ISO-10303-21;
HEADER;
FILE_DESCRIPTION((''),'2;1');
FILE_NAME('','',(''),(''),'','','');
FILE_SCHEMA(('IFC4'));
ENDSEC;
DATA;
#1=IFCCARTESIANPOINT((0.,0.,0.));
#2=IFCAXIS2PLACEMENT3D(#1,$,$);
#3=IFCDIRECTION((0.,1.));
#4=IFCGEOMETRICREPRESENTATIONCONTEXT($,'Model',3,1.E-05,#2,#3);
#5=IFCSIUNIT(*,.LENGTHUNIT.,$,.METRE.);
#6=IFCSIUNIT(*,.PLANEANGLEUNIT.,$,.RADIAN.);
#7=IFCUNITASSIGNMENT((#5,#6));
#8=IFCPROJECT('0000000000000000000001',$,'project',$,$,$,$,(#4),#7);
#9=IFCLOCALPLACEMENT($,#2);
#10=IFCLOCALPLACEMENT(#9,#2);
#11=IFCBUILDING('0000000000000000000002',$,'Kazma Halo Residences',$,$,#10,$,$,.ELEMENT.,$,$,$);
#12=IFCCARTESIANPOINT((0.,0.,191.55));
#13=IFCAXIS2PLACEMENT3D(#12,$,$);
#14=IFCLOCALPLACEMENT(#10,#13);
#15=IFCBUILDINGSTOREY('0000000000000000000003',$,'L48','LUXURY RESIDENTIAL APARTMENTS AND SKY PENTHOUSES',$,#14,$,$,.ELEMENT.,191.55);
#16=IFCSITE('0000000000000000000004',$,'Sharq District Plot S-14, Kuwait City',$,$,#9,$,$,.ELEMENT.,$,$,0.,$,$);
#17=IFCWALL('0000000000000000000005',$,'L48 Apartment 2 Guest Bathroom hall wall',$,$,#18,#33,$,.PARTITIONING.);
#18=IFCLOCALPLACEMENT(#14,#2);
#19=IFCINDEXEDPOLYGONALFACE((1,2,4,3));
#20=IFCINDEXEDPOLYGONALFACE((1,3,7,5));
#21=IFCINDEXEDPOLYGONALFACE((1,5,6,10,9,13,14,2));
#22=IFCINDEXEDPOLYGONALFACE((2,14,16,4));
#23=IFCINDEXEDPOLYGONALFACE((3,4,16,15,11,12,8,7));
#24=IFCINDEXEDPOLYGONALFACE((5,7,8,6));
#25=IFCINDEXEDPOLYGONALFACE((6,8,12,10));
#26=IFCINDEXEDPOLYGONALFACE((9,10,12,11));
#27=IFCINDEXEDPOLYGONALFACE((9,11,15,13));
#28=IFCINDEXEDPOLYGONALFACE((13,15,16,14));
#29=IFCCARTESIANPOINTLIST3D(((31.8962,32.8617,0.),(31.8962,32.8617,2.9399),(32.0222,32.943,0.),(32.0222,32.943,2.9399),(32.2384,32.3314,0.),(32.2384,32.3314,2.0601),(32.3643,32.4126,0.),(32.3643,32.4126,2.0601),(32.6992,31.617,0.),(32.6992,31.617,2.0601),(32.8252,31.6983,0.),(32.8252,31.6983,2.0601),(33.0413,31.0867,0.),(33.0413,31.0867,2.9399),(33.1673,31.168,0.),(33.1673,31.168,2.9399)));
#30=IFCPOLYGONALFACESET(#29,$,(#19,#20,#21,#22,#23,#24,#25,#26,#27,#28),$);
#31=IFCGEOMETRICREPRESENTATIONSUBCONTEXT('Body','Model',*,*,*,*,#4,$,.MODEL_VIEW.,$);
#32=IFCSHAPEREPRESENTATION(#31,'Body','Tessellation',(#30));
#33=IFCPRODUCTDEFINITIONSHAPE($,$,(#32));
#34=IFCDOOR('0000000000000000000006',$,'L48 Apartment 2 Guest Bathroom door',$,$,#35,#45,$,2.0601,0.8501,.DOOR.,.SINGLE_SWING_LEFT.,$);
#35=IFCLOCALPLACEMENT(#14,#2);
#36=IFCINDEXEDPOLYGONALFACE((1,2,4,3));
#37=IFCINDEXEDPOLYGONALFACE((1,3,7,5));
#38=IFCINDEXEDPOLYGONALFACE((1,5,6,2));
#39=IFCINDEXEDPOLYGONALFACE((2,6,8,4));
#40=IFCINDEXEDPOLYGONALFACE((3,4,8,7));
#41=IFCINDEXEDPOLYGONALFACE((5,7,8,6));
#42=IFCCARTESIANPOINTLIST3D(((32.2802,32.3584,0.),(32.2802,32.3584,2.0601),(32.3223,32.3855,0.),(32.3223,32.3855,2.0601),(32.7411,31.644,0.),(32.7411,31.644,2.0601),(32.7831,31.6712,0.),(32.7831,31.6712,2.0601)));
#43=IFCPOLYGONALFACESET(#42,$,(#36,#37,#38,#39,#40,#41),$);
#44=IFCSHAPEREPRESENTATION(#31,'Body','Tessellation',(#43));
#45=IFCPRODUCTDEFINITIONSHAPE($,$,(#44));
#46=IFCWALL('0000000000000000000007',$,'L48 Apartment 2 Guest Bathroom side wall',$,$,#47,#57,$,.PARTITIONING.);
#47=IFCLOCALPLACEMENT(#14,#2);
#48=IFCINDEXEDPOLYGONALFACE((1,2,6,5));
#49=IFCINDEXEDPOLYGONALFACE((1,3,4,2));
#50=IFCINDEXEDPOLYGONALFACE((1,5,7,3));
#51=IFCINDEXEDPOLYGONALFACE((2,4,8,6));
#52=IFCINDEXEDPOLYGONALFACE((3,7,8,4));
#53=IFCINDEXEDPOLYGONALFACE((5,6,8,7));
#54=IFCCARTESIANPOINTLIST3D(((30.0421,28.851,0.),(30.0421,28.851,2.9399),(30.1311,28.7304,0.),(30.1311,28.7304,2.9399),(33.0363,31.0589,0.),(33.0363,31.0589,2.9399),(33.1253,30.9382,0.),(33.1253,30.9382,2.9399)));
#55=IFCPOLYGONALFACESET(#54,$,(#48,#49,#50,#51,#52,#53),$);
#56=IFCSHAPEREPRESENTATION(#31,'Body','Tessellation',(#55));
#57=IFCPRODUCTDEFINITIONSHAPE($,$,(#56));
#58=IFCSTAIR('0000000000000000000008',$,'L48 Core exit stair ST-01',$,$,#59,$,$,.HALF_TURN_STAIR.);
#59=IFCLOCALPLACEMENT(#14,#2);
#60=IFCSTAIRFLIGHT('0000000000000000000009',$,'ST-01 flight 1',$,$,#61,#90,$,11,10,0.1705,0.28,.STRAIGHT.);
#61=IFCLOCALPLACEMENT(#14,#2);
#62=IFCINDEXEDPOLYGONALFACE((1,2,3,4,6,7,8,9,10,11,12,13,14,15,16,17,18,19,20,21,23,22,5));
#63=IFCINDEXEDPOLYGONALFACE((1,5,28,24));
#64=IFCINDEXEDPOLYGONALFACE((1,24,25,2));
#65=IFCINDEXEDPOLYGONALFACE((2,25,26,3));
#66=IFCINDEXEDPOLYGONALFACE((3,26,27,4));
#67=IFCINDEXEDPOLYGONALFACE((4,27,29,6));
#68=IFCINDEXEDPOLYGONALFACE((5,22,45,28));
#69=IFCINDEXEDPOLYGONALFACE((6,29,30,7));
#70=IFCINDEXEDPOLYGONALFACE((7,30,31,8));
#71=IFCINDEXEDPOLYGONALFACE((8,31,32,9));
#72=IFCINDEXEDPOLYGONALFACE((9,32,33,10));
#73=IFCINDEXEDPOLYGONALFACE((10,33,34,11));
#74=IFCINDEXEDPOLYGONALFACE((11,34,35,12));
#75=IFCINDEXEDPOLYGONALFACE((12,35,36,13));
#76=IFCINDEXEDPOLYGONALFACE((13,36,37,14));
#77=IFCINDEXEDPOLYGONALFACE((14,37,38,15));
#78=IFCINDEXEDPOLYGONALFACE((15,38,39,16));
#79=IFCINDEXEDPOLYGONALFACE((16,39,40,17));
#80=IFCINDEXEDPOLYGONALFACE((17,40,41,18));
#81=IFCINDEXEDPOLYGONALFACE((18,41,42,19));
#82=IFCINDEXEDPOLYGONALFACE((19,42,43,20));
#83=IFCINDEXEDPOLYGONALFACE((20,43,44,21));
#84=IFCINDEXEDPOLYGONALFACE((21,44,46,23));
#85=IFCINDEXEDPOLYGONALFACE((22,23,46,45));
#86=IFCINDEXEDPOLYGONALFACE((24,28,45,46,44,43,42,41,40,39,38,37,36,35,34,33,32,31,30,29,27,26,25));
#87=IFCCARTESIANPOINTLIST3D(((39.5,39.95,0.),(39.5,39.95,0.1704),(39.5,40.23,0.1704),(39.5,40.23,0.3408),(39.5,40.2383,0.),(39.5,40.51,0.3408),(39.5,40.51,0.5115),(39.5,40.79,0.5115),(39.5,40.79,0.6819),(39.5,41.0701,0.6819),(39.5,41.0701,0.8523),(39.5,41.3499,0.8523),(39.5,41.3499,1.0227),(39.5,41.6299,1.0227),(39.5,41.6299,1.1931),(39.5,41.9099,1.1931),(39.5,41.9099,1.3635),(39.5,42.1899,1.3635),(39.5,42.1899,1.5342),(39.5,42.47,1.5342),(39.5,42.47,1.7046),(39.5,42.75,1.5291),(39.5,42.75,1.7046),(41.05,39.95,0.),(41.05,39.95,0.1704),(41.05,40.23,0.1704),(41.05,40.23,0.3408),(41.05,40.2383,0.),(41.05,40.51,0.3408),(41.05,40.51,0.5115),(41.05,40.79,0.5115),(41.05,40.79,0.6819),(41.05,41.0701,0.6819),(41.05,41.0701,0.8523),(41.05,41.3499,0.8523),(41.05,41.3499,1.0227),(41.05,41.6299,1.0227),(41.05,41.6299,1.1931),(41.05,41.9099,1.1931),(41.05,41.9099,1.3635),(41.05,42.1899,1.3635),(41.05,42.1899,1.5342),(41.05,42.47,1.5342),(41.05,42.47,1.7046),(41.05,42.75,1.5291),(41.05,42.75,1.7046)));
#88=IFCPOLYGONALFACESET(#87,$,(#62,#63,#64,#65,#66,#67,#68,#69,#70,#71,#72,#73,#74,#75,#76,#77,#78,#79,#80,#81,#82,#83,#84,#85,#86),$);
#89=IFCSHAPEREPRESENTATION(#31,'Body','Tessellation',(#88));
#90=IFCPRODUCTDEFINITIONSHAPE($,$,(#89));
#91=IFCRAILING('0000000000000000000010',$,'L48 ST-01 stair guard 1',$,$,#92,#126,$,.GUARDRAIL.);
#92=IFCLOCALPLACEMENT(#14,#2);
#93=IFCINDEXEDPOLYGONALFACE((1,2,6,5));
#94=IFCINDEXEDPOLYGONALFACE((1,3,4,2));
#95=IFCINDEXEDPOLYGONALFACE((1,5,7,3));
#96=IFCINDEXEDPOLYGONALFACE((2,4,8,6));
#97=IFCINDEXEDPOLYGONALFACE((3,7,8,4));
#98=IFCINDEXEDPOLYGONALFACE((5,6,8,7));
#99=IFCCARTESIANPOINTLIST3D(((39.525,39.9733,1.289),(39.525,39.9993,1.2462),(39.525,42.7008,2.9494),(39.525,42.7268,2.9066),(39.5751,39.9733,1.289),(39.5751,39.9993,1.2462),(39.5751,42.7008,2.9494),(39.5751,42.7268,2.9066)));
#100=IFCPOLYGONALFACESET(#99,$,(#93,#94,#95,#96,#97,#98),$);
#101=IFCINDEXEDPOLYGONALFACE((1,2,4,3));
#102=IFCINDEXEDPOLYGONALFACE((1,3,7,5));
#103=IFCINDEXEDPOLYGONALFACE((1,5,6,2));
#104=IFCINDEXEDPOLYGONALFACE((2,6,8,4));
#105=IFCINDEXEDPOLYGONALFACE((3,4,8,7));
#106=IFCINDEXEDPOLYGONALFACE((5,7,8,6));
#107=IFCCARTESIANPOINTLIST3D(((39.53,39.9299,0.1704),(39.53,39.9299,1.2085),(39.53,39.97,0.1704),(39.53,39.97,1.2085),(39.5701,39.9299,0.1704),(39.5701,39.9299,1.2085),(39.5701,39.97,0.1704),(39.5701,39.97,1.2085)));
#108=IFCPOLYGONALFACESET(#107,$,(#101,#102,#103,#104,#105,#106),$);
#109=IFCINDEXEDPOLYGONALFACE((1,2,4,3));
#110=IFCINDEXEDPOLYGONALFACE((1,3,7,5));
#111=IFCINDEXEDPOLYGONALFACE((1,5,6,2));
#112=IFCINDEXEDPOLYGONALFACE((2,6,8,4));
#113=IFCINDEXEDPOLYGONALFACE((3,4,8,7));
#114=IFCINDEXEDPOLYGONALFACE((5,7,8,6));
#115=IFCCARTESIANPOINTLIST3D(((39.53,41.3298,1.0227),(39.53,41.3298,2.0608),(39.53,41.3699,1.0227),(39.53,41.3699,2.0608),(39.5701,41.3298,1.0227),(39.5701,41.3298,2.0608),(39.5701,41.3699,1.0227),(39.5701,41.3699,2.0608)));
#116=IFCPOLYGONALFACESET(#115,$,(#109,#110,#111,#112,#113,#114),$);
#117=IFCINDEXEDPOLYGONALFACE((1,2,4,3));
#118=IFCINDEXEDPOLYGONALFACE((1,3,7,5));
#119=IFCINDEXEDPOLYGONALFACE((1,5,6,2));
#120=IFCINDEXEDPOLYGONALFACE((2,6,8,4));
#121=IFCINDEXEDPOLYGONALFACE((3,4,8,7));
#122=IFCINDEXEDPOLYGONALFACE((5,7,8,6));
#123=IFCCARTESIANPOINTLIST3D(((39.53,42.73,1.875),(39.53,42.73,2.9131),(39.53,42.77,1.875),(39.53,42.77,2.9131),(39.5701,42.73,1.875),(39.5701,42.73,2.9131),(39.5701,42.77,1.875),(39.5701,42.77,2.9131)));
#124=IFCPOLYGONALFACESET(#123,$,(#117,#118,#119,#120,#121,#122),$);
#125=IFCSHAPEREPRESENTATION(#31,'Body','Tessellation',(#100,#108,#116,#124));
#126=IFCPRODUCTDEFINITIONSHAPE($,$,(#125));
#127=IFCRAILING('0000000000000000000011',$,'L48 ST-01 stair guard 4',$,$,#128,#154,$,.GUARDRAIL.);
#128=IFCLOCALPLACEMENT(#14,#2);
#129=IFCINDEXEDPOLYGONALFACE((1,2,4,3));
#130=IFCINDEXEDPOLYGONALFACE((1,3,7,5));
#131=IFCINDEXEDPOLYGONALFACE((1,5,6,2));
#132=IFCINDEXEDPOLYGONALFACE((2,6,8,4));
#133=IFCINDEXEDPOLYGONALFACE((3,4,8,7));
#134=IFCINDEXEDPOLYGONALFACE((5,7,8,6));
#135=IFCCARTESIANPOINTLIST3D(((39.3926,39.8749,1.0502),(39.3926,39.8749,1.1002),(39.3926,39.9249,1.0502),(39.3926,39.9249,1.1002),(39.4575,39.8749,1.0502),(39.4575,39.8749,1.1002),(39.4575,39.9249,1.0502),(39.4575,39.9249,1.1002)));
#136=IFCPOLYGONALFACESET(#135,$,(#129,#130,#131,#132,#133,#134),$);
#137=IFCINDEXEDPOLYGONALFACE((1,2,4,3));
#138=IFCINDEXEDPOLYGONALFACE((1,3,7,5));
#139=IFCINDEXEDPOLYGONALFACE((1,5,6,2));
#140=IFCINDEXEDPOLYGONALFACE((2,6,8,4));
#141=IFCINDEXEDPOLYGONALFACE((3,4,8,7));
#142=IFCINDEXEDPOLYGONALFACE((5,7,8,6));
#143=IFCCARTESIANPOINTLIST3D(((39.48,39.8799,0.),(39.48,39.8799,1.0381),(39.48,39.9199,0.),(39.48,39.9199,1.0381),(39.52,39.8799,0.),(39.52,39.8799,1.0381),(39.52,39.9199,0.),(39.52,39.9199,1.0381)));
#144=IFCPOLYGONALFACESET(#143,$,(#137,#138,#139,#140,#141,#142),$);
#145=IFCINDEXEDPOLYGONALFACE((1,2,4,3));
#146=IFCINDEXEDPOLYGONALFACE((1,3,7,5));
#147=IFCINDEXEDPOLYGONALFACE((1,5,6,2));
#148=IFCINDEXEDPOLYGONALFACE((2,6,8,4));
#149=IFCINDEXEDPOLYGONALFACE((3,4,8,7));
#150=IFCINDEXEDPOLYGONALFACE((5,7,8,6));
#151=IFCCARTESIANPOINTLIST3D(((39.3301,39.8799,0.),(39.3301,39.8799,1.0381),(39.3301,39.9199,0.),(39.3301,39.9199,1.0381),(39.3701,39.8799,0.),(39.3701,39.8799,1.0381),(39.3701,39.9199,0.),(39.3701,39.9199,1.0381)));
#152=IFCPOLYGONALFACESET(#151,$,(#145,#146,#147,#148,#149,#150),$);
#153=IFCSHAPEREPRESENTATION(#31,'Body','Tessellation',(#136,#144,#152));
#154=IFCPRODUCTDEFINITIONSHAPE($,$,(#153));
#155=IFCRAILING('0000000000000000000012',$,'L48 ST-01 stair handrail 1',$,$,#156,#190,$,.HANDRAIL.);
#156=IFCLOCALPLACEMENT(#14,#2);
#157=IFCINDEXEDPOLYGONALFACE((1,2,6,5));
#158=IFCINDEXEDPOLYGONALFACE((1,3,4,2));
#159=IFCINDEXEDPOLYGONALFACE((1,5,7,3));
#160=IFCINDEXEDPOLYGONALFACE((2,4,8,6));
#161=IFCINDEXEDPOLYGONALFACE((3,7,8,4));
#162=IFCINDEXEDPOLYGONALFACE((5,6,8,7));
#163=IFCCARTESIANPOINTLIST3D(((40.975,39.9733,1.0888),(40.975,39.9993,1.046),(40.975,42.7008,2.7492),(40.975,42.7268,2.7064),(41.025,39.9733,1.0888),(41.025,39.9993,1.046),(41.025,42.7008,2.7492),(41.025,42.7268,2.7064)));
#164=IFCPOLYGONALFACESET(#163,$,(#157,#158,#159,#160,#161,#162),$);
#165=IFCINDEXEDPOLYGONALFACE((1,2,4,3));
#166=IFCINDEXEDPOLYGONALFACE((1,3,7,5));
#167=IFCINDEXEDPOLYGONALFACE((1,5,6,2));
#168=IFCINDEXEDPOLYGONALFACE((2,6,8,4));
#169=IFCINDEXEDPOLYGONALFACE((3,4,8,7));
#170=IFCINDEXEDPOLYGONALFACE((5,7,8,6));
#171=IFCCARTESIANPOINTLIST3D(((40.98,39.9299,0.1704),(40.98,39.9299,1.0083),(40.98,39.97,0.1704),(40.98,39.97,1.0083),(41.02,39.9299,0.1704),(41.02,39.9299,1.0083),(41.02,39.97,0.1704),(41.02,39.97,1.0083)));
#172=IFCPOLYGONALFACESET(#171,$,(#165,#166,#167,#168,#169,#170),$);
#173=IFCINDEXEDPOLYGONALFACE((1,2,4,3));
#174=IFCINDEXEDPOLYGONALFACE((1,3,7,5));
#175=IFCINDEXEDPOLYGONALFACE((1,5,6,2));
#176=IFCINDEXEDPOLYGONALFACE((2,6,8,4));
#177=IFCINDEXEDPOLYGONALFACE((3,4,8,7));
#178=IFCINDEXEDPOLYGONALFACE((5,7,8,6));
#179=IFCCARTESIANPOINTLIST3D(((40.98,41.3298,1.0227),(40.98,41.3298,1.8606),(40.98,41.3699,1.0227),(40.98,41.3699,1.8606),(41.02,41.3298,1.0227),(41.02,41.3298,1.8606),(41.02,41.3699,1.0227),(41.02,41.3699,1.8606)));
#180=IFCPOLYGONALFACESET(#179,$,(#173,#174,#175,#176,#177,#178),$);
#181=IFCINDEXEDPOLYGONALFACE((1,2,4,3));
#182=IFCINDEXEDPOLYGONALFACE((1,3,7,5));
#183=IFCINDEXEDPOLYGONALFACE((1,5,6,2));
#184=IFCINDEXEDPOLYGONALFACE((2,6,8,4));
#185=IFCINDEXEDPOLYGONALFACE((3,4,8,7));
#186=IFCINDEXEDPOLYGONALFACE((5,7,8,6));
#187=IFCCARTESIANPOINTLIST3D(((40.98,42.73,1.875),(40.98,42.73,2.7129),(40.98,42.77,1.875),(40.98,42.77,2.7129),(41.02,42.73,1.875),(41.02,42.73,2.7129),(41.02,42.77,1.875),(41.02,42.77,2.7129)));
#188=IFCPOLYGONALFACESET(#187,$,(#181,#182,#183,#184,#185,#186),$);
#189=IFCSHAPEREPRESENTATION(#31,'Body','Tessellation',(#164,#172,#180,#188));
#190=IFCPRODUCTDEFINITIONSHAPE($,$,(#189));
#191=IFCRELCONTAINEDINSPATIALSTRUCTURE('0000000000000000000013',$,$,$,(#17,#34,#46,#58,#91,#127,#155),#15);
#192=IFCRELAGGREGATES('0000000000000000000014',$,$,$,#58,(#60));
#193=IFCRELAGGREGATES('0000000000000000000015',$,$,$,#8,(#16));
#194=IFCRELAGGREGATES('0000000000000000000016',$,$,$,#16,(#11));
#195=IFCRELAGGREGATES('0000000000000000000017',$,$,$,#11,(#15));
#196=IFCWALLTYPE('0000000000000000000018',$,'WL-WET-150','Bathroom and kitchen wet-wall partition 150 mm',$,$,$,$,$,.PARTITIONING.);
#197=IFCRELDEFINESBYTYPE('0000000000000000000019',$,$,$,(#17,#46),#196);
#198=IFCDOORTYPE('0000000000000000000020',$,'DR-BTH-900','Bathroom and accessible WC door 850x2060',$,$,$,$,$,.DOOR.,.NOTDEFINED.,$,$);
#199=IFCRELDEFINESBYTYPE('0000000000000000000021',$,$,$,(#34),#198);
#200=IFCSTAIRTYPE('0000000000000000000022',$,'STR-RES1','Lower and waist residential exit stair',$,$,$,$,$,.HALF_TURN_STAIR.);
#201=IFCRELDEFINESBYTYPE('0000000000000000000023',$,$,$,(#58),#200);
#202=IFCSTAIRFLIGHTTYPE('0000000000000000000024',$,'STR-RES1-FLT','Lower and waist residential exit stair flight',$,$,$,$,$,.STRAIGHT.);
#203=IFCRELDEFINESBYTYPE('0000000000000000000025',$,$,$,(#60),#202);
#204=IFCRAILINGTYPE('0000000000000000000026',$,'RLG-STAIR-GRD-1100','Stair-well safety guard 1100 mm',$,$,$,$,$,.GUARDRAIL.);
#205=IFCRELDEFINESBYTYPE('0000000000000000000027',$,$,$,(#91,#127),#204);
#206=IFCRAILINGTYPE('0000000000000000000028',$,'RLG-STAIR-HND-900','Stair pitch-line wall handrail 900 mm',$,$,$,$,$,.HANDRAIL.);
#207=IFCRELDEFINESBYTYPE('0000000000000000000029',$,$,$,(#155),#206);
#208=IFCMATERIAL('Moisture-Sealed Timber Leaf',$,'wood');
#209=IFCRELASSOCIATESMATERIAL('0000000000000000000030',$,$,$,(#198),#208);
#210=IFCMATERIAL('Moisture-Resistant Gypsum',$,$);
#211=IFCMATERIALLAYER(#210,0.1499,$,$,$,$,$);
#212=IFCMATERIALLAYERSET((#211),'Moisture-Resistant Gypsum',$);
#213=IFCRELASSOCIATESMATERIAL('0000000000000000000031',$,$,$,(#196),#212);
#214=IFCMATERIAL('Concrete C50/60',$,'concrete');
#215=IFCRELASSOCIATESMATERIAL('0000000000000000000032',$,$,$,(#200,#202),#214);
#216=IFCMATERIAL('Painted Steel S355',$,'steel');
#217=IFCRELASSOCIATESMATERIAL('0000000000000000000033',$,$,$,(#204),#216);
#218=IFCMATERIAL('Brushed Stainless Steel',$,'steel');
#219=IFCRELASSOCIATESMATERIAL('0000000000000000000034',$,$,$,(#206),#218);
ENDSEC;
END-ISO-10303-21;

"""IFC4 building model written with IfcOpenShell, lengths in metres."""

from ifc_helpers import new_model, si_unit, direction, frame, frame_2d, origin, origin_2d, place, context, subcontext, project, spatial, polyline, rectangle, outline, extrude, material, layer, layer_set, type_object, element, fill, aggregate, save


model = new_model("IFC4")

# Units and contexts
model_context = context("Model", 3, precision=1e-05, world=origin(), true_north=direction((0.0, 1.0)))
body_context = subcontext(model_context, "Body", "Model", "MODEL_VIEW")
ifc_project = project(units=[si_unit("LENGTHUNIT", "METRE"), si_unit("PLANEANGLEUNIT", "RADIAN")], contexts=[model_context])

# Site, building, storey
site_placement = place(None, origin())
site = spatial("IfcSite", under=ifc_project, at=site_placement, Name="Sharq District Plot S-14, Kuwait City", CompositionType="ELEMENT", RefElevation=0.0)
building_placement = place(site_placement, origin())
building = spatial("IfcBuilding", under=site, at=building_placement, Name="Kazma Halo Residences", CompositionType="ELEMENT")
storey_placement = place(building_placement, frame((0.0, 0.0, 191.55)))
storey = spatial("IfcBuildingStorey", under=building, at=storey_placement, Name="L48", Description="LUXURY RESIDENTIAL APARTMENTS AND SKY PENTHOUSES", CompositionType="ELEMENT", Elevation=191.55)

# Shared definitions
ifc_material_1 = material(Name="Moisture-Sealed Timber Leaf", Category="wood")
door_type_1 = type_object("IfcDoorType", Name="DR-BTH-900", Description="Bathroom and accessible WC door 850x2060", OperationType="NOTDEFINED", PredefinedType="DOOR", material=ifc_material_1)

# Wall, opening, door
ifc_material_2 = material(Name="Concrete C50/60", Category="concrete")
ifc_material_3 = material(Name="Moisture-Resistant Gypsum")
ifc_layer_1 = layer(ifc_material_3, 0.1499)
ifc_layer_set_1 = layer_set([ifc_layer_1], Name="Moisture-Resistant Gypsum")
wall_type_1 = type_object("IfcWallType", Name="WL-WET-150", Description="Bathroom and kitchen wet-wall partition 150 mm", PredefinedType="PARTITIONING", material=ifc_layer_set_1)
wall_1_placement = place(storey_placement, frame((31.9592, 32.9023, 0.0), z_axis=(0.0, 0.0, 1.0), x_axis=(0.542101, -0.840314, 0.0)))
wall_1 = element("IfcWall", 1, at=wall_1_placement, inside=storey, type_object=wall_type_1, Name="L48 Apartment 2 Guest Bathroom hall wall", PredefinedType="PARTITIONING", context=body_context, shape_type="SweptSolid", body=[
    extrude(rectangle(XDim=2.1123, YDim=0.1499, at=frame_2d((1.0562, 0.0))), origin(), (0.0, 0.0, 1.0), 2.9399),
])
opening_1_placement = place(wall_1_placement, frame((0.6311, 0.0, 0.0)))
opening_1 = element("IfcOpeningElement", 2, at=opening_1_placement, cuts=wall_1, PredefinedType="OPENING", context=body_context, shape_type="SweptSolid", body=[
    extrude(rectangle(XDim=0.8501, YDim=2.0601, at=frame_2d((0.425, 1.03))), frame((0.0, 0.085, 0.0), z_axis=(0.0, -1.0, 0.0), x_axis=(1.0, 0.0, 0.0)), (0.0, 0.0, 1.0), 0.1699),
])
door_1_placement = place(opening_1_placement, origin())
door_1 = element("IfcDoor", 3, at=door_1_placement, inside=storey, type_object=door_type_1, Name="L48 Apartment 2 Guest Bathroom door", OperationType="SINGLE_SWING_LEFT", OverallHeight=2.0601, OverallWidth=0.8501, PredefinedType="DOOR", context=body_context, shape_type="SweptSolid", body=[
    extrude(rectangle(XDim=0.8501, YDim=2.0601, at=frame_2d((0.425, 1.03))), frame((0.0, 0.0249, 0.0), z_axis=(0.0, -1.0, 0.0), x_axis=(1.0, 0.0, 0.0)), (0.0, 0.0, 1.0), 0.05),
])
fill(opening_1, door_1)

# Wall
wall_2_placement = place(storey_placement, frame((33.0808, 30.9985, 0.0), z_axis=(0.0, 0.0, 1.0), x_axis=(-0.804856, -0.59347, 0.0)))
element("IfcWall", 4, at=wall_2_placement, inside=storey, type_object=wall_type_1, Name="L48 Apartment 2 Guest Bathroom side wall", PredefinedType="PARTITIONING", context=body_context, shape_type="SweptSolid", body=[
    extrude(rectangle(XDim=3.7202, YDim=0.1499, at=frame_2d((1.8601, 0.0))), origin(), (0.0, 0.0, 1.0), 2.9399),
])

# Stair, stair flight
stair_type = type_object("IfcStairType", Name="STR-RES1", Description="Lower and waist residential exit stair", PredefinedType="HALF_TURN_STAIR", material=ifc_material_2)
stair_placement = place(storey_placement, origin())
stair = element("IfcStair", 5, at=stair_placement, inside=storey, type_object=stair_type, Name="L48 Core exit stair ST-01", PredefinedType="HALF_TURN_STAIR")
stair_flight_type = type_object("IfcStairFlightType", Name="STR-RES1-FLT", Description="Lower and waist residential exit stair flight", PredefinedType="STRAIGHT", material=ifc_material_2)
stair_flight_placement = place(storey_placement, frame((40.2749, 39.95, 0.0), z_axis=(0.0, 0.0, 1.0), x_axis=(0.0, 1.0, 0.0)))
stair_flight = element("IfcStairFlight", 6, at=stair_flight_placement, type_object=stair_flight_type, Name="ST-01 flight 1", NumberOfRisers=11, NumberOfTreads=10, PredefinedType="STRAIGHT", RiserHeight=0.1705, TreadLength=0.28, context=body_context, shape_type="SweptSolid", body=[
    extrude(outline(polyline([(0.0, 0.0), (0.0, 0.1704), (0.28, 0.1704), (0.28, 0.3408), (0.5601, 0.3408), (0.5601, 0.5115), (0.8401, 0.5115), (0.8401, 0.6819), (1.1201, 0.6819), (1.1201, 0.8523), (1.3999, 0.8523), (1.3999, 1.0227), (1.6799, 1.0227), (1.6799, 1.1931), (1.96, 1.1931), (1.96, 1.3635), (2.24, 1.3635), (2.24, 1.5342), (2.52, 1.5342), (2.52, 1.7046), (2.8, 1.7046), (2.8, 1.875), (2.8, 1.5291), (0.2883, 0.0), (0.0, 0.0)])), frame((0.0, 0.7749, 0.0), z_axis=(0.0, -1.0, 0.0), x_axis=(1.0, 0.0, 0.0)), (0.0, 0.0, 1.0), 1.55),
])
aggregate(stair, [stair_flight])

# Railings
ifc_material_4 = material(Name="Painted Steel S355", Category="steel")
railing_type_1 = type_object("IfcRailingType", Name="RLG-STAIR-GRD-1100", Description="Stair-well safety guard 1100 mm", PredefinedType="GUARDRAIL", material=ifc_material_4)
railing_1_placement = place(storey_placement, frame((39.55, 39.95, 0.1704)))
element("IfcRailing", 7, at=railing_1_placement, inside=storey, type_object=railing_type_1, Name="L48 ST-01 stair guard 1", PredefinedType="GUARDRAIL", context=body_context, shape_type="SweptSolid", body=[
    extrude(rectangle(XDim=0.05, YDim=0.05, at=origin_2d()), frame((0.0, 0.0364, 1.0972), z_axis=(0.0, 0.85417, 0.519994), x_axis=(-1.0, 0.0, 0.0)), (0.0, 0.0, 1.0), 3.1931),
    extrude(rectangle(XDim=0.04, YDim=0.04, at=origin_2d()), origin(), (0.0, 0.0, 1.0), 1.0381),
    extrude(rectangle(XDim=0.04, YDim=0.04, at=origin_2d()), frame((0.0, 1.3999, 0.8523)), (0.0, 0.0, 1.0), 1.0381),
    extrude(rectangle(XDim=0.04, YDim=0.04, at=origin_2d()), frame((0.0, 2.8, 1.7046)), (0.0, 0.0, 1.0), 1.0381),
])
railing_2_placement = place(storey_placement, frame((39.5, 39.8999, 0.0)))
element("IfcRailing", 8, at=railing_2_placement, inside=storey, type_object=railing_type_1, Name="L48 ST-01 stair guard 4", PredefinedType="GUARDRAIL", context=body_context, shape_type="SweptSolid", body=[
    extrude(rectangle(XDim=0.05, YDim=0.05, at=origin_2d()), frame((-0.0425, 0.0, 1.0752), z_axis=(-1.0, 0.0, 0.0), x_axis=(0.0, -1.0, 0.0)), (0.0, 0.0, 1.0), 0.0649),
    extrude(rectangle(XDim=0.04, YDim=0.04, at=origin_2d()), origin(), (0.0, 0.0, 1.0), 1.0381),
    extrude(rectangle(XDim=0.04, YDim=0.04, at=origin_2d()), frame((-0.1499, 0.0, 0.0)), (0.0, 0.0, 1.0), 1.0381),
])
ifc_material_5 = material(Name="Brushed Stainless Steel", Category="steel")
railing_type_2 = type_object("IfcRailingType", Name="RLG-STAIR-HND-900", Description="Stair pitch-line wall handrail 900 mm", PredefinedType="HANDRAIL", material=ifc_material_5)
railing_3_placement = place(storey_placement, frame((41.0, 39.95, 0.1704)))
element("IfcRailing", 9, at=railing_3_placement, inside=storey, type_object=railing_type_2, Name="L48 ST-01 stair handrail 1", PredefinedType="HANDRAIL", context=body_context, shape_type="SweptSolid", body=[
    extrude(rectangle(XDim=0.05, YDim=0.05, at=origin_2d()), frame((0.0, 0.0364, 0.897), z_axis=(0.0, 0.85417, 0.519994), x_axis=(-1.0, 0.0, 0.0)), (0.0, 0.0, 1.0), 3.1931),
    extrude(rectangle(XDim=0.04, YDim=0.04, at=origin_2d()), origin(), (0.0, 0.0, 1.0), 0.8379),
    extrude(rectangle(XDim=0.04, YDim=0.04, at=origin_2d()), frame((0.0, 1.3999, 0.8523)), (0.0, 0.0, 1.0), 0.8379),
    extrude(rectangle(XDim=0.04, YDim=0.04, at=origin_2d()), frame((0.0, 2.8, 1.7046)), (0.0, 0.0, 1.0), 0.8379),
])

save(model, "model.ifc")
